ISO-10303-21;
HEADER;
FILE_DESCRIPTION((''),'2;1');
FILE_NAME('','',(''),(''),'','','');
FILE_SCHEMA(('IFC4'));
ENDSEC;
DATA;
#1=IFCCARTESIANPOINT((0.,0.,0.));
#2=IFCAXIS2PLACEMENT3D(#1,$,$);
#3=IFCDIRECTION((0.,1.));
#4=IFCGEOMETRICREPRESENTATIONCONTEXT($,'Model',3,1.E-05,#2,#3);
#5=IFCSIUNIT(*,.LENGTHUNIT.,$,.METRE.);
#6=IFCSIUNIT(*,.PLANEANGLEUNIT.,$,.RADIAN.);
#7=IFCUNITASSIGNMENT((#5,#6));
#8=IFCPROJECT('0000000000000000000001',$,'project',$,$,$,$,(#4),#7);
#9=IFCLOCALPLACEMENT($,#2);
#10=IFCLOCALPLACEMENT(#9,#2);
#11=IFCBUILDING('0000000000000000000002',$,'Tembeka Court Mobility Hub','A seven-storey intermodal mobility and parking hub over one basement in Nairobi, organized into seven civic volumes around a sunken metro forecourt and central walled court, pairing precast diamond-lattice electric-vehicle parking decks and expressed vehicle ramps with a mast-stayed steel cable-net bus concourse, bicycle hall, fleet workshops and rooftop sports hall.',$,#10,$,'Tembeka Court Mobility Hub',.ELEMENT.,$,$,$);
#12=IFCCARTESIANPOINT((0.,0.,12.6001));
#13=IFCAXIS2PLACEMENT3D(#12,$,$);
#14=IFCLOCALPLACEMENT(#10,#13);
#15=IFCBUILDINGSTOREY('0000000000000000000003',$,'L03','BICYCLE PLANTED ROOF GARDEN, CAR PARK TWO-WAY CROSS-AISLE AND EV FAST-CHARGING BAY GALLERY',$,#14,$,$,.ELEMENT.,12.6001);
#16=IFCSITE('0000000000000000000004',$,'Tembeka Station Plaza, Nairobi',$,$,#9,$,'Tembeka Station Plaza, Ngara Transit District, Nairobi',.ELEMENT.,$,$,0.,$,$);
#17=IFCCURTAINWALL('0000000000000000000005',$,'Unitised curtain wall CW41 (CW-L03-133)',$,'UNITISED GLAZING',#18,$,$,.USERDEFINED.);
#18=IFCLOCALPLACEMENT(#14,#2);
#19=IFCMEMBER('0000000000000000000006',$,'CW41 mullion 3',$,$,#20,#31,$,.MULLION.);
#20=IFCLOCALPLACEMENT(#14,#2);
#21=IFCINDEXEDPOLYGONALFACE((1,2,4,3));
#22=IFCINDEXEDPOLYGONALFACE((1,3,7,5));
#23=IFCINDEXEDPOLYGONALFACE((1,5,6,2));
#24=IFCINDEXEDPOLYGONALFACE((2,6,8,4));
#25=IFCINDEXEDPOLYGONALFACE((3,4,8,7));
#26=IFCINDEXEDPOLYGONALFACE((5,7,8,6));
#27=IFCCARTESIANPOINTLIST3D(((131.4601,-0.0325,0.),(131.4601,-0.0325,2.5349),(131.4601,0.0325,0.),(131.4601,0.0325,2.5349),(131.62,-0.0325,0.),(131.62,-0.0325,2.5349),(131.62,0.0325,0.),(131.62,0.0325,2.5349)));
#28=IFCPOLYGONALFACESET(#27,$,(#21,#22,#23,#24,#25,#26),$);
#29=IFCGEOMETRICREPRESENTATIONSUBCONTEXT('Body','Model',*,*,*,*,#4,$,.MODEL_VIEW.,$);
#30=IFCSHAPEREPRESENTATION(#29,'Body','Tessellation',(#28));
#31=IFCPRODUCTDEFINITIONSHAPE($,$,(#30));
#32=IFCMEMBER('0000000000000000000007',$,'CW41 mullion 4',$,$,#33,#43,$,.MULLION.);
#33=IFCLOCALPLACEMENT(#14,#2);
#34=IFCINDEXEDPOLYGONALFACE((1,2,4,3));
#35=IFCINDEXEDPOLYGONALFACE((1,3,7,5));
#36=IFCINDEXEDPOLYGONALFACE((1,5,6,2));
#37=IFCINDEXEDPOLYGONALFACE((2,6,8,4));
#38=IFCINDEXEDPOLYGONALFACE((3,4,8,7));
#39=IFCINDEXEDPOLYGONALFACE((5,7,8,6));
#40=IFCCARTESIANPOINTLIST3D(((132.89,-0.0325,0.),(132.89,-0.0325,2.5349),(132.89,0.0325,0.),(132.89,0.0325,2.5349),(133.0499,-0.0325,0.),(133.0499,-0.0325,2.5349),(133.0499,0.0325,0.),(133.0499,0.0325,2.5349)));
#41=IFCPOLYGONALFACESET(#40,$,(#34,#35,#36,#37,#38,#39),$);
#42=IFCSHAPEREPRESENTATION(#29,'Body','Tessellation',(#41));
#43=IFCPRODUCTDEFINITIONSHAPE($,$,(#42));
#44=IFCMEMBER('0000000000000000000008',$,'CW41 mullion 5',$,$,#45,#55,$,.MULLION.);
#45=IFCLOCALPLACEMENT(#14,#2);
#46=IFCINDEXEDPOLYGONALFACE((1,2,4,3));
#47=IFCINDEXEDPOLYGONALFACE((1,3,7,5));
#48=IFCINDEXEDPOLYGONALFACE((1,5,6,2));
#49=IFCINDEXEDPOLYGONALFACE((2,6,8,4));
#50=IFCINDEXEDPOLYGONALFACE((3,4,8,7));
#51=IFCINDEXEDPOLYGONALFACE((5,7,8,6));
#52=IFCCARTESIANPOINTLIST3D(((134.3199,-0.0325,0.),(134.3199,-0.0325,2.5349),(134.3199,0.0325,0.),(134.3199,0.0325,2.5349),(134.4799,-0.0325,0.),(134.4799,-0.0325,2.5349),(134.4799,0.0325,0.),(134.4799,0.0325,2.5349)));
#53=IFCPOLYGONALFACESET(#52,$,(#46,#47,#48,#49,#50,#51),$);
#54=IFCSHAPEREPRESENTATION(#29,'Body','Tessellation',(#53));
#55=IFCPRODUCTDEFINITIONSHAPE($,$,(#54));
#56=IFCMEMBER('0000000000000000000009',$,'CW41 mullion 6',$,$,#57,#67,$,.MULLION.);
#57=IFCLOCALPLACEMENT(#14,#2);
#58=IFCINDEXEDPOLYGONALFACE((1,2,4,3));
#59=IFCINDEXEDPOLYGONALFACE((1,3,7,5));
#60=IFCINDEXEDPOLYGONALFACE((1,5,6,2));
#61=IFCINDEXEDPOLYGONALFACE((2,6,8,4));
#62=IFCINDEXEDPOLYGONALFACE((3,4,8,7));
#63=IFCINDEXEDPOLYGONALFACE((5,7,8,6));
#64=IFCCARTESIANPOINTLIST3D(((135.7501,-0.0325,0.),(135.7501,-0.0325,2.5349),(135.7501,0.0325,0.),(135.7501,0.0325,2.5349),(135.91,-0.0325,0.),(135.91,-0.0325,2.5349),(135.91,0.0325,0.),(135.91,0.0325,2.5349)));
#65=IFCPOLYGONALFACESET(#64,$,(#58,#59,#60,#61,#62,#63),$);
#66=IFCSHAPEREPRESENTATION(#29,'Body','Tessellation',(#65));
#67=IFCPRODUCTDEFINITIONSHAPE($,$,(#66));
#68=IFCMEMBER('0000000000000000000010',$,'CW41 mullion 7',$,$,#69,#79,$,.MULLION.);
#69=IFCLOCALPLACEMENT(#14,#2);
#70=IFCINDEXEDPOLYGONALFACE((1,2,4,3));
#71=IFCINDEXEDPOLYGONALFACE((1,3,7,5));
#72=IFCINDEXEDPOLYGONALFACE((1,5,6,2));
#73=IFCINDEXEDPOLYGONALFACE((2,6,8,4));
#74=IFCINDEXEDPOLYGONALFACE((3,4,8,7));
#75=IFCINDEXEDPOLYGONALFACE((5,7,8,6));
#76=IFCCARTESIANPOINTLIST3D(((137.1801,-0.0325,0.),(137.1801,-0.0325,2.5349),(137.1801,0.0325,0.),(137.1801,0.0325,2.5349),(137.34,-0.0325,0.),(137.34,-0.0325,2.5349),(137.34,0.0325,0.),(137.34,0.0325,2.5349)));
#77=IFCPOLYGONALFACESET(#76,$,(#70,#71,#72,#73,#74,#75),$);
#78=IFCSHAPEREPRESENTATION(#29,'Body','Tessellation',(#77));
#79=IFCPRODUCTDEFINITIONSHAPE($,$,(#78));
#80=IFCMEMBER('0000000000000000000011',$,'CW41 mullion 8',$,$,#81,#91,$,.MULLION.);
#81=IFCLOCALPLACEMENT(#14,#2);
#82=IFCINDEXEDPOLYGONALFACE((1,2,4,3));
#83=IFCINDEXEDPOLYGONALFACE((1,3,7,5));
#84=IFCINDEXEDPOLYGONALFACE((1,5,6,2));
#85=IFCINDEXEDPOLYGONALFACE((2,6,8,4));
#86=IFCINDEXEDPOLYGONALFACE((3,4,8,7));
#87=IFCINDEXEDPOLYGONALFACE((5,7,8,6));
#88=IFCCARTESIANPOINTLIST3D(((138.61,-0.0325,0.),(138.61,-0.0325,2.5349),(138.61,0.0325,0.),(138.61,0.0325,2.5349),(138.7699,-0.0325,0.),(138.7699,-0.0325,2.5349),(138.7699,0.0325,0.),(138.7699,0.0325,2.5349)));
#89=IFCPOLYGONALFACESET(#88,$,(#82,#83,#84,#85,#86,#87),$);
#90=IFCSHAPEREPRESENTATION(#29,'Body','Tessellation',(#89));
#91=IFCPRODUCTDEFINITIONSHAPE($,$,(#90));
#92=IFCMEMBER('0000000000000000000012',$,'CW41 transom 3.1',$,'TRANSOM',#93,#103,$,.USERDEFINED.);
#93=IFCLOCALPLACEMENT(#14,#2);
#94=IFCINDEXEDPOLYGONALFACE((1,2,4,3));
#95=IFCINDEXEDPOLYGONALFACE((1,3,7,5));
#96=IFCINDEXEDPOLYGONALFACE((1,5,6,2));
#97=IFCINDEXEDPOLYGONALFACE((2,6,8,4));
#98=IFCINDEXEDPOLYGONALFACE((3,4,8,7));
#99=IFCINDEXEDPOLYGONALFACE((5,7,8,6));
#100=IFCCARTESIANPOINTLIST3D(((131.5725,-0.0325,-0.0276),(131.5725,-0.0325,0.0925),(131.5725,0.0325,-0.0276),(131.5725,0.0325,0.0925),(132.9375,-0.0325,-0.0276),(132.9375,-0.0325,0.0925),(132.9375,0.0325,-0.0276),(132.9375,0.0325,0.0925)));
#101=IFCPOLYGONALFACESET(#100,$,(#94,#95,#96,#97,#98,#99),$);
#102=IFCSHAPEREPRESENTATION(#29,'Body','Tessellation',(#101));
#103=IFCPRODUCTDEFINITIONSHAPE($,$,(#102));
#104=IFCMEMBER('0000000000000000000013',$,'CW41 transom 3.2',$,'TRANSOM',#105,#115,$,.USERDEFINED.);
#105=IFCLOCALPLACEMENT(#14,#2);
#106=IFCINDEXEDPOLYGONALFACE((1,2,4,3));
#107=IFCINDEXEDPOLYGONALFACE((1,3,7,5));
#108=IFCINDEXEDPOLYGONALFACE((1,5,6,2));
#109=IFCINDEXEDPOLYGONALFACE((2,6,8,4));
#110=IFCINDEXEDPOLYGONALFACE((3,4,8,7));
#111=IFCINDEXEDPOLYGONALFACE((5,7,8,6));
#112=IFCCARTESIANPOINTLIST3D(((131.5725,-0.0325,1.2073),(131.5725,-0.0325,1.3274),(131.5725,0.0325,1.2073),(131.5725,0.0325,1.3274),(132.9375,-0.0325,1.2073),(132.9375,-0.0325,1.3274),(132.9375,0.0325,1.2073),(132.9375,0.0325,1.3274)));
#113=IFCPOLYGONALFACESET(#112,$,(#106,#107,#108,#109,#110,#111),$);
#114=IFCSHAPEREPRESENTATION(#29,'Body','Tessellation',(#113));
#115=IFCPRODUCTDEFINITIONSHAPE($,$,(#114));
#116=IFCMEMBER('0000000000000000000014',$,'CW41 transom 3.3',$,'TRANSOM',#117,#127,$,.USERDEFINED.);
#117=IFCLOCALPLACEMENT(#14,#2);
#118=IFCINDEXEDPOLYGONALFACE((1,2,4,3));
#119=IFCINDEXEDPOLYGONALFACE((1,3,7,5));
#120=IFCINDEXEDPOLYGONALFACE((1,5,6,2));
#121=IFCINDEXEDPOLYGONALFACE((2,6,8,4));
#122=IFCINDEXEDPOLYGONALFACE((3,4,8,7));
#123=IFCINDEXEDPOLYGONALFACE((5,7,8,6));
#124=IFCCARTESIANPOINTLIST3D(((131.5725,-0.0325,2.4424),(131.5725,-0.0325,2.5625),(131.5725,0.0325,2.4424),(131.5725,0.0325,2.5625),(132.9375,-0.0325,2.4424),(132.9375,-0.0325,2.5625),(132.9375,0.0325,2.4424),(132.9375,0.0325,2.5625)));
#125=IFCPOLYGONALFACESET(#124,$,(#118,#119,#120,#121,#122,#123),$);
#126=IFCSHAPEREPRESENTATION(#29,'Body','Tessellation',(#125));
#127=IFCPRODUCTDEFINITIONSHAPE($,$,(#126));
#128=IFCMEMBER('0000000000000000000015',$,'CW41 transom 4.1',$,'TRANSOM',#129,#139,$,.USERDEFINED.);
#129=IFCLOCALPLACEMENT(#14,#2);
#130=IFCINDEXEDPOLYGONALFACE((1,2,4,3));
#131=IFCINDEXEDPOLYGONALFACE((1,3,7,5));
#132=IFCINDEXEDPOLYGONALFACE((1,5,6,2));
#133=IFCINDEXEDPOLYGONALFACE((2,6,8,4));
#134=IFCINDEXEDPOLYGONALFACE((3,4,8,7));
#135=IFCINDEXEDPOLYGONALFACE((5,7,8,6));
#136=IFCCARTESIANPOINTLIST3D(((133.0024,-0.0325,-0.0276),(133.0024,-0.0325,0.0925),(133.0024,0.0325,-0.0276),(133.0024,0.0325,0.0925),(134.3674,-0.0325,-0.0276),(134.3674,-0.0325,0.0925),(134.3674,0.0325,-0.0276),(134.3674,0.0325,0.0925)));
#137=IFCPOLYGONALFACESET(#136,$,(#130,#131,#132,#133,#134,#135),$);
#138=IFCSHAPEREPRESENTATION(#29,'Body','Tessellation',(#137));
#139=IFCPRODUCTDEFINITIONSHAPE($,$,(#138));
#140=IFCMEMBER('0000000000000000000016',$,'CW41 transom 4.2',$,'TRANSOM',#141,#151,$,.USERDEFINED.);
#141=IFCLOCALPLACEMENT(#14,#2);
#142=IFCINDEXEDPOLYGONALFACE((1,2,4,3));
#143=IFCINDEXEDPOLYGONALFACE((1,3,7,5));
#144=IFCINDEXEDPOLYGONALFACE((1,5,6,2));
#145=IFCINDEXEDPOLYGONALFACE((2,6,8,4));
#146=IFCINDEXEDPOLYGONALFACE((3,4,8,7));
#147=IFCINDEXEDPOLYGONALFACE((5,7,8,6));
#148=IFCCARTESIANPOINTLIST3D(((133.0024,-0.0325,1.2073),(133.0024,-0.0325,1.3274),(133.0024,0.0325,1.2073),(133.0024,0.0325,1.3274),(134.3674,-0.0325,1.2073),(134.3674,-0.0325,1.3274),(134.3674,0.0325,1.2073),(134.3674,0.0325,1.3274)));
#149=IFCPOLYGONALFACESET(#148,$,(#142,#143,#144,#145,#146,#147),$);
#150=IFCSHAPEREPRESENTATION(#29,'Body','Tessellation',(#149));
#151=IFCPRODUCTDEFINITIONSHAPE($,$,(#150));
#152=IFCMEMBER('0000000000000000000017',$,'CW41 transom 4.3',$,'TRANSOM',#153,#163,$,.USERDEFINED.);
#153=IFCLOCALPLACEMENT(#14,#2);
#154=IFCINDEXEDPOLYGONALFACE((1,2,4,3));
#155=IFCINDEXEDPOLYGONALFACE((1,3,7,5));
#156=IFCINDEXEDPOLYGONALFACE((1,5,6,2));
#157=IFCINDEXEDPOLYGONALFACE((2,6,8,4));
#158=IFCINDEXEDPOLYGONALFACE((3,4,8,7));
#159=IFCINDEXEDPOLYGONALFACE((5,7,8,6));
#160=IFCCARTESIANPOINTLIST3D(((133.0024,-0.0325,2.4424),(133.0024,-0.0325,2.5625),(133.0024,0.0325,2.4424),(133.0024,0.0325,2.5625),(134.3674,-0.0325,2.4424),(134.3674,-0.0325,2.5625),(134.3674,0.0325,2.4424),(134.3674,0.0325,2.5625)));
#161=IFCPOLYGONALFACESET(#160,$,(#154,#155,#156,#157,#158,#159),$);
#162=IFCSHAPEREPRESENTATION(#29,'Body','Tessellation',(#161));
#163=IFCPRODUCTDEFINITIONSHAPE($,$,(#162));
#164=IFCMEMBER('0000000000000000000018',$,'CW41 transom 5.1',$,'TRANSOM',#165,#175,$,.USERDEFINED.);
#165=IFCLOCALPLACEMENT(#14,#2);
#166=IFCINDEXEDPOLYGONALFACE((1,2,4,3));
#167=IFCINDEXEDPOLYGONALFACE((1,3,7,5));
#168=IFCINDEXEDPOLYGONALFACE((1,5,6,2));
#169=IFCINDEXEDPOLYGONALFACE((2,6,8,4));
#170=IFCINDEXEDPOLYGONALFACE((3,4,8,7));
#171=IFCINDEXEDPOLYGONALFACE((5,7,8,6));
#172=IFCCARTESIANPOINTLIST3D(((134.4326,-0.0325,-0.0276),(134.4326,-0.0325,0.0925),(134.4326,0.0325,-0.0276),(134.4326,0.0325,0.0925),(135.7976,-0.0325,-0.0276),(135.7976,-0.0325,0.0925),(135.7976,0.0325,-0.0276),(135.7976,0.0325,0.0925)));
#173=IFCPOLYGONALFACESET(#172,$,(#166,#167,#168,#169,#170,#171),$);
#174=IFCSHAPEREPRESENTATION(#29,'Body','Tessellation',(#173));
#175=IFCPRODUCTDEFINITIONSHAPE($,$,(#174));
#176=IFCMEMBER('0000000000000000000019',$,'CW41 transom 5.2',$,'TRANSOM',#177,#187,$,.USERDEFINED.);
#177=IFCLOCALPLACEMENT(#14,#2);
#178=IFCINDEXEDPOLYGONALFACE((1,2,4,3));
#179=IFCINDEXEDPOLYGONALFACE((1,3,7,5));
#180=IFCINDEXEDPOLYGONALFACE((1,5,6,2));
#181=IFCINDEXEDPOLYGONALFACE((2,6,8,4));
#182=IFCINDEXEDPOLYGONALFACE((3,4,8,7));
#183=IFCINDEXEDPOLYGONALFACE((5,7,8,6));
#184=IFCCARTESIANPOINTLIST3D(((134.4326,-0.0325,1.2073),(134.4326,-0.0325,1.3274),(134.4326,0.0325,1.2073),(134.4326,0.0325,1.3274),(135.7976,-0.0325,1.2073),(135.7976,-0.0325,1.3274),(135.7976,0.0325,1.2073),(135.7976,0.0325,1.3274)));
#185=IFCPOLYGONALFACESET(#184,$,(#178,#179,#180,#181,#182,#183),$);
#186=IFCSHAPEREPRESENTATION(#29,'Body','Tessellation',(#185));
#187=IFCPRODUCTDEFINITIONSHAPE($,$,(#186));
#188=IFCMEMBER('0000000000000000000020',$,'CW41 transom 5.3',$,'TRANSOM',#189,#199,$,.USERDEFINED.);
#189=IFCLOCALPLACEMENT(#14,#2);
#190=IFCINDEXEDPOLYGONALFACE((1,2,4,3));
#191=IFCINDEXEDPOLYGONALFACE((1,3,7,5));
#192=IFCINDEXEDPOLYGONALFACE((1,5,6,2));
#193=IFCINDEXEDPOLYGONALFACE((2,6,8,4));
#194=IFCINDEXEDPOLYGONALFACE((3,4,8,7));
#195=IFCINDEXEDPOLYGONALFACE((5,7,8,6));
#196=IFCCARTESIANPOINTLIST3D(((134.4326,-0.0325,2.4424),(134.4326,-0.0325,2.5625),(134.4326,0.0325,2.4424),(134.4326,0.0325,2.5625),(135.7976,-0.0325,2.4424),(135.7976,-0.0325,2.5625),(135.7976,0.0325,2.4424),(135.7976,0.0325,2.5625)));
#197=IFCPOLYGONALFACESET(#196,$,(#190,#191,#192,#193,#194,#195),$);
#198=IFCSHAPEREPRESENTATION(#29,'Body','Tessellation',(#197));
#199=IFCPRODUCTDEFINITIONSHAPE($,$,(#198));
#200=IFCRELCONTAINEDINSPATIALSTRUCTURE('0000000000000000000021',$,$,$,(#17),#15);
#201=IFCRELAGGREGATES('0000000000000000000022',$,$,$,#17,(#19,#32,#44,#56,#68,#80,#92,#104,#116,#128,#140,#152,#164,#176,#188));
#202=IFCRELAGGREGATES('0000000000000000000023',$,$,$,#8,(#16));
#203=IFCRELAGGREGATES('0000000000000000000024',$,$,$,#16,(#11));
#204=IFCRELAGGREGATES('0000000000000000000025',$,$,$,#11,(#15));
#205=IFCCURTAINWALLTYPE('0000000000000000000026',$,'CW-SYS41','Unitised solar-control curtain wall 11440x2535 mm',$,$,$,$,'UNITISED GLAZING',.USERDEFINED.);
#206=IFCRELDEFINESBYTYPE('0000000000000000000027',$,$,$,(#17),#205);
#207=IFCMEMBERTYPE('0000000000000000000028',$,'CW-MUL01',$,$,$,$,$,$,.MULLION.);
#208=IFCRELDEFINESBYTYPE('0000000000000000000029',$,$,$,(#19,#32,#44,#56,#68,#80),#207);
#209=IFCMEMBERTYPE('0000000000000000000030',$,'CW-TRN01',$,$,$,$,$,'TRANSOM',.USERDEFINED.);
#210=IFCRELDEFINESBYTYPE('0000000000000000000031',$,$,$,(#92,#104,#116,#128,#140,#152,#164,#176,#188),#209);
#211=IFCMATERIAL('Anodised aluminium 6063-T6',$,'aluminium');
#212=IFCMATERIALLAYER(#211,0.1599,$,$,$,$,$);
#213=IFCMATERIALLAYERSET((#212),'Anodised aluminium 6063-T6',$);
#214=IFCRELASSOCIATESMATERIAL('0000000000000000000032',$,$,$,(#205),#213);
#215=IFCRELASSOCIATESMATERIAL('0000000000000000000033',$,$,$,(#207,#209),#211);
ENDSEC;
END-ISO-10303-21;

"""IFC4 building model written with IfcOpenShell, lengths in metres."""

from ifc_helpers import new_model, si_unit, direction, frame, origin, origin_2d, place, context, subcontext, project, spatial, rectangle, extrude, material, layer, layer_set, material_profile, profile_set, type_object, element, aggregate, save


model = new_model("IFC4")

# Units and contexts
model_context = context("Model", 3, precision=1e-05, world=origin(), true_north=direction((0.0, 1.0)))
body_context = subcontext(model_context, "Body", "Model", "MODEL_VIEW")
ifc_project = project(units=[si_unit("LENGTHUNIT", "METRE"), si_unit("PLANEANGLEUNIT", "RADIAN")], contexts=[model_context])

# Site, building, storey
site_placement = place(None, origin())
site = spatial("IfcSite", under=ifc_project, at=site_placement, Name="Tembeka Station Plaza, Nairobi", LongName="Tembeka Station Plaza, Ngara Transit District, Nairobi", CompositionType="ELEMENT", RefElevation=0.0)
building_placement = place(site_placement, origin())
building = spatial("IfcBuilding", under=site, at=building_placement, Name="Tembeka Court Mobility Hub", Description="A seven-storey intermodal mobility and parking hub over one basement in Nairobi, organized into seven civic volumes around a sunken metro forecourt and central walled court, pairing precast diamond-lattice electric-vehicle parking decks and expressed vehicle ramps with a mast-stayed steel cable-net bus concourse, bicycle hall, fleet workshops and rooftop sports hall.", LongName="Tembeka Court Mobility Hub", CompositionType="ELEMENT")
storey_placement = place(building_placement, frame((0.0, 0.0, 12.6001)))
storey = spatial("IfcBuildingStorey", under=building, at=storey_placement, Name="L03", Description="BICYCLE PLANTED ROOF GARDEN, CAR PARK TWO-WAY CROSS-AISLE AND EV FAST-CHARGING BAY GALLERY", CompositionType="ELEMENT", Elevation=12.6001)

# Curtain wall, members
ifc_material_1 = material(Name="Anodised aluminium 6063-T6", Category="aluminium")
ifc_layer_1 = layer(ifc_material_1, 0.1599)
ifc_layer_set_1 = layer_set([ifc_layer_1], Name="Anodised aluminium 6063-T6")
curtain_wall_type = type_object("IfcCurtainWallType", Name="CW-SYS41", Description="Unitised solar-control curtain wall 11440x2535 mm", ElementType="UNITISED GLAZING", PredefinedType="USERDEFINED", material=ifc_layer_set_1)
curtain_wall_placement = place(storey_placement, origin())
curtain_wall = element("IfcCurtainWall", 1, at=curtain_wall_placement, inside=storey, type_object=curtain_wall_type, Name="Unitised curtain wall CW41 (CW-L03-133)", ObjectType="UNITISED GLAZING", PredefinedType="USERDEFINED")
ifc_material_profile_1 = material_profile(ifc_material_1, rectangle(XDim=0.0649, YDim=0.1599, at=origin_2d()), Name="ALU-MUL 65x160")
ifc_profile_set_1 = profile_set([ifc_material_profile_1], Name="Anodised aluminium 6063-T6")
member_type_1 = type_object("IfcMemberType", Name="CW-MUL01", PredefinedType="MULLION", material=ifc_profile_set_1)
member_1_placement = place(storey_placement, frame((131.54, 0.0, 0.0), z_axis=(0.0, 0.0, 1.0), x_axis=(0.0, 1.0, 0.0)))
member_1 = element("IfcMember", 2, at=member_1_placement, type_object=member_type_1, Name="CW41 mullion 3", PredefinedType="MULLION", context=body_context, shape_type="SweptSolid", body=[
    extrude(rectangle(XDim=0.0649, YDim=0.1599, at=origin_2d()), origin(), (0.0, 0.0, 1.0), 2.5349),
])
member_2_placement = place(storey_placement, frame((132.97, 0.0, 0.0), z_axis=(0.0, 0.0, 1.0), x_axis=(0.0, 1.0, 0.0)))
member_2 = element("IfcMember", 3, at=member_2_placement, type_object=member_type_1, Name="CW41 mullion 4", PredefinedType="MULLION", context=body_context, shape_type="SweptSolid", body=[
    extrude(rectangle(XDim=0.0649, YDim=0.1599, at=origin_2d()), origin(), (0.0, 0.0, 1.0), 2.5349),
])
member_3_placement = place(storey_placement, frame((134.3999, 0.0, 0.0), z_axis=(0.0, 0.0, 1.0), x_axis=(0.0, 1.0, 0.0)))
member_3 = element("IfcMember", 4, at=member_3_placement, type_object=member_type_1, Name="CW41 mullion 5", PredefinedType="MULLION", context=body_context, shape_type="SweptSolid", body=[
    extrude(rectangle(XDim=0.0649, YDim=0.1599, at=origin_2d()), origin(), (0.0, 0.0, 1.0), 2.5349),
])
member_4_placement = place(storey_placement, frame((135.8301, 0.0, 0.0), z_axis=(0.0, 0.0, 1.0), x_axis=(0.0, 1.0, 0.0)))
member_4 = element("IfcMember", 5, at=member_4_placement, type_object=member_type_1, Name="CW41 mullion 6", PredefinedType="MULLION", context=body_context, shape_type="SweptSolid", body=[
    extrude(rectangle(XDim=0.0649, YDim=0.1599, at=origin_2d()), origin(), (0.0, 0.0, 1.0), 2.5349),
])
member_5_placement = place(storey_placement, frame((137.26, 0.0, 0.0), z_axis=(0.0, 0.0, 1.0), x_axis=(0.0, 1.0, 0.0)))
member_5 = element("IfcMember", 6, at=member_5_placement, type_object=member_type_1, Name="CW41 mullion 7", PredefinedType="MULLION", context=body_context, shape_type="SweptSolid", body=[
    extrude(rectangle(XDim=0.0649, YDim=0.1599, at=origin_2d()), origin(), (0.0, 0.0, 1.0), 2.5349),
])
member_6_placement = place(storey_placement, frame((138.6899, 0.0, 0.0), z_axis=(0.0, 0.0, 1.0), x_axis=(0.0, 1.0, 0.0)))
member_6 = element("IfcMember", 7, at=member_6_placement, type_object=member_type_1, Name="CW41 mullion 8", PredefinedType="MULLION", context=body_context, shape_type="SweptSolid", body=[
    extrude(rectangle(XDim=0.0649, YDim=0.1599, at=origin_2d()), origin(), (0.0, 0.0, 1.0), 2.5349),
])
ifc_material_profile_2 = material_profile(ifc_material_1, rectangle(XDim=0.0649, YDim=0.1201, at=origin_2d()), Name="ALU-TRN 65x120")
ifc_profile_set_2 = profile_set([ifc_material_profile_2], Name="Anodised aluminium 6063-T6")
member_type_2 = type_object("IfcMemberType", Name="CW-TRN01", ElementType="TRANSOM", PredefinedType="USERDEFINED", material=ifc_profile_set_2)
member_7_placement = place(storey_placement, frame((131.5725, 0.0, 0.0325), z_axis=(1.0, 0.0, 0.0), x_axis=(0.0, 1.0, 0.0)))
member_7 = element("IfcMember", 8, at=member_7_placement, type_object=member_type_2, Name="CW41 transom 3.1", ObjectType="TRANSOM", PredefinedType="USERDEFINED", context=body_context, shape_type="SweptSolid", body=[
    extrude(rectangle(XDim=0.0649, YDim=0.1201, at=origin_2d()), origin(), (0.0, 0.0, 1.0), 1.365),
])
member_8_placement = place(storey_placement, frame((131.5725, 0.0, 1.2673), z_axis=(1.0, 0.0, 0.0), x_axis=(0.0, 1.0, 0.0)))
member_8 = element("IfcMember", 9, at=member_8_placement, type_object=member_type_2, Name="CW41 transom 3.2", ObjectType="TRANSOM", PredefinedType="USERDEFINED", context=body_context, shape_type="SweptSolid", body=[
    extrude(rectangle(XDim=0.0649, YDim=0.1201, at=origin_2d()), origin(), (0.0, 0.0, 1.0), 1.365),
])
member_9_placement = place(storey_placement, frame((131.5725, 0.0, 2.5024), z_axis=(1.0, 0.0, 0.0), x_axis=(0.0, 1.0, 0.0)))
member_9 = element("IfcMember", 10, at=member_9_placement, type_object=member_type_2, Name="CW41 transom 3.3", ObjectType="TRANSOM", PredefinedType="USERDEFINED", context=body_context, shape_type="SweptSolid", body=[
    extrude(rectangle(XDim=0.0649, YDim=0.1201, at=origin_2d()), origin(), (0.0, 0.0, 1.0), 1.365),
])
member_10_placement = place(storey_placement, frame((133.0024, 0.0, 0.0325), z_axis=(1.0, 0.0, 0.0), x_axis=(0.0, 1.0, 0.0)))
member_10 = element("IfcMember", 11, at=member_10_placement, type_object=member_type_2, Name="CW41 transom 4.1", ObjectType="TRANSOM", PredefinedType="USERDEFINED", context=body_context, shape_type="SweptSolid", body=[
    extrude(rectangle(XDim=0.0649, YDim=0.1201, at=origin_2d()), origin(), (0.0, 0.0, 1.0), 1.365),
])
member_11_placement = place(storey_placement, frame((133.0024, 0.0, 1.2673), z_axis=(1.0, 0.0, 0.0), x_axis=(0.0, 1.0, 0.0)))
member_11 = element("IfcMember", 12, at=member_11_placement, type_object=member_type_2, Name="CW41 transom 4.2", ObjectType="TRANSOM", PredefinedType="USERDEFINED", context=body_context, shape_type="SweptSolid", body=[
    extrude(rectangle(XDim=0.0649, YDim=0.1201, at=origin_2d()), origin(), (0.0, 0.0, 1.0), 1.365),
])
member_12_placement = place(storey_placement, frame((133.0024, 0.0, 2.5024), z_axis=(1.0, 0.0, 0.0), x_axis=(0.0, 1.0, 0.0)))
member_12 = element("IfcMember", 13, at=member_12_placement, type_object=member_type_2, Name="CW41 transom 4.3", ObjectType="TRANSOM", PredefinedType="USERDEFINED", context=body_context, shape_type="SweptSolid", body=[
    extrude(rectangle(XDim=0.0649, YDim=0.1201, at=origin_2d()), origin(), (0.0, 0.0, 1.0), 1.365),
])
member_13_placement = place(storey_placement, frame((134.4326, 0.0, 0.0325), z_axis=(1.0, 0.0, 0.0), x_axis=(0.0, 1.0, 0.0)))
member_13 = element("IfcMember", 14, at=member_13_placement, type_object=member_type_2, Name="CW41 transom 5.1", ObjectType="TRANSOM", PredefinedType="USERDEFINED", context=body_context, shape_type="SweptSolid", body=[
    extrude(rectangle(XDim=0.0649, YDim=0.1201, at=origin_2d()), origin(), (0.0, 0.0, 1.0), 1.365),
])
member_14_placement = place(storey_placement, frame((134.4326, 0.0, 1.2673), z_axis=(1.0, 0.0, 0.0), x_axis=(0.0, 1.0, 0.0)))
member_14 = element("IfcMember", 15, at=member_14_placement, type_object=member_type_2, Name="CW41 transom 5.2", ObjectType="TRANSOM", PredefinedType="USERDEFINED", context=body_context, shape_type="SweptSolid", body=[
    extrude(rectangle(XDim=0.0649, YDim=0.1201, at=origin_2d()), origin(), (0.0, 0.0, 1.0), 1.365),
])
member_15_placement = place(storey_placement, frame((134.4326, 0.0, 2.5024), z_axis=(1.0, 0.0, 0.0), x_axis=(0.0, 1.0, 0.0)))
member_15 = element("IfcMember", 16, at=member_15_placement, type_object=member_type_2, Name="CW41 transom 5.3", ObjectType="TRANSOM", PredefinedType="USERDEFINED", context=body_context, shape_type="SweptSolid", body=[
    extrude(rectangle(XDim=0.0649, YDim=0.1201, at=origin_2d()), origin(), (0.0, 0.0, 1.0), 1.365),
])
aggregate(curtain_wall, [member_1, member_2, member_3, member_4, member_5, member_6, member_7, member_8, member_9, member_10, member_11, member_12, member_13, member_14, member_15])

save(model, "model.ifc")
